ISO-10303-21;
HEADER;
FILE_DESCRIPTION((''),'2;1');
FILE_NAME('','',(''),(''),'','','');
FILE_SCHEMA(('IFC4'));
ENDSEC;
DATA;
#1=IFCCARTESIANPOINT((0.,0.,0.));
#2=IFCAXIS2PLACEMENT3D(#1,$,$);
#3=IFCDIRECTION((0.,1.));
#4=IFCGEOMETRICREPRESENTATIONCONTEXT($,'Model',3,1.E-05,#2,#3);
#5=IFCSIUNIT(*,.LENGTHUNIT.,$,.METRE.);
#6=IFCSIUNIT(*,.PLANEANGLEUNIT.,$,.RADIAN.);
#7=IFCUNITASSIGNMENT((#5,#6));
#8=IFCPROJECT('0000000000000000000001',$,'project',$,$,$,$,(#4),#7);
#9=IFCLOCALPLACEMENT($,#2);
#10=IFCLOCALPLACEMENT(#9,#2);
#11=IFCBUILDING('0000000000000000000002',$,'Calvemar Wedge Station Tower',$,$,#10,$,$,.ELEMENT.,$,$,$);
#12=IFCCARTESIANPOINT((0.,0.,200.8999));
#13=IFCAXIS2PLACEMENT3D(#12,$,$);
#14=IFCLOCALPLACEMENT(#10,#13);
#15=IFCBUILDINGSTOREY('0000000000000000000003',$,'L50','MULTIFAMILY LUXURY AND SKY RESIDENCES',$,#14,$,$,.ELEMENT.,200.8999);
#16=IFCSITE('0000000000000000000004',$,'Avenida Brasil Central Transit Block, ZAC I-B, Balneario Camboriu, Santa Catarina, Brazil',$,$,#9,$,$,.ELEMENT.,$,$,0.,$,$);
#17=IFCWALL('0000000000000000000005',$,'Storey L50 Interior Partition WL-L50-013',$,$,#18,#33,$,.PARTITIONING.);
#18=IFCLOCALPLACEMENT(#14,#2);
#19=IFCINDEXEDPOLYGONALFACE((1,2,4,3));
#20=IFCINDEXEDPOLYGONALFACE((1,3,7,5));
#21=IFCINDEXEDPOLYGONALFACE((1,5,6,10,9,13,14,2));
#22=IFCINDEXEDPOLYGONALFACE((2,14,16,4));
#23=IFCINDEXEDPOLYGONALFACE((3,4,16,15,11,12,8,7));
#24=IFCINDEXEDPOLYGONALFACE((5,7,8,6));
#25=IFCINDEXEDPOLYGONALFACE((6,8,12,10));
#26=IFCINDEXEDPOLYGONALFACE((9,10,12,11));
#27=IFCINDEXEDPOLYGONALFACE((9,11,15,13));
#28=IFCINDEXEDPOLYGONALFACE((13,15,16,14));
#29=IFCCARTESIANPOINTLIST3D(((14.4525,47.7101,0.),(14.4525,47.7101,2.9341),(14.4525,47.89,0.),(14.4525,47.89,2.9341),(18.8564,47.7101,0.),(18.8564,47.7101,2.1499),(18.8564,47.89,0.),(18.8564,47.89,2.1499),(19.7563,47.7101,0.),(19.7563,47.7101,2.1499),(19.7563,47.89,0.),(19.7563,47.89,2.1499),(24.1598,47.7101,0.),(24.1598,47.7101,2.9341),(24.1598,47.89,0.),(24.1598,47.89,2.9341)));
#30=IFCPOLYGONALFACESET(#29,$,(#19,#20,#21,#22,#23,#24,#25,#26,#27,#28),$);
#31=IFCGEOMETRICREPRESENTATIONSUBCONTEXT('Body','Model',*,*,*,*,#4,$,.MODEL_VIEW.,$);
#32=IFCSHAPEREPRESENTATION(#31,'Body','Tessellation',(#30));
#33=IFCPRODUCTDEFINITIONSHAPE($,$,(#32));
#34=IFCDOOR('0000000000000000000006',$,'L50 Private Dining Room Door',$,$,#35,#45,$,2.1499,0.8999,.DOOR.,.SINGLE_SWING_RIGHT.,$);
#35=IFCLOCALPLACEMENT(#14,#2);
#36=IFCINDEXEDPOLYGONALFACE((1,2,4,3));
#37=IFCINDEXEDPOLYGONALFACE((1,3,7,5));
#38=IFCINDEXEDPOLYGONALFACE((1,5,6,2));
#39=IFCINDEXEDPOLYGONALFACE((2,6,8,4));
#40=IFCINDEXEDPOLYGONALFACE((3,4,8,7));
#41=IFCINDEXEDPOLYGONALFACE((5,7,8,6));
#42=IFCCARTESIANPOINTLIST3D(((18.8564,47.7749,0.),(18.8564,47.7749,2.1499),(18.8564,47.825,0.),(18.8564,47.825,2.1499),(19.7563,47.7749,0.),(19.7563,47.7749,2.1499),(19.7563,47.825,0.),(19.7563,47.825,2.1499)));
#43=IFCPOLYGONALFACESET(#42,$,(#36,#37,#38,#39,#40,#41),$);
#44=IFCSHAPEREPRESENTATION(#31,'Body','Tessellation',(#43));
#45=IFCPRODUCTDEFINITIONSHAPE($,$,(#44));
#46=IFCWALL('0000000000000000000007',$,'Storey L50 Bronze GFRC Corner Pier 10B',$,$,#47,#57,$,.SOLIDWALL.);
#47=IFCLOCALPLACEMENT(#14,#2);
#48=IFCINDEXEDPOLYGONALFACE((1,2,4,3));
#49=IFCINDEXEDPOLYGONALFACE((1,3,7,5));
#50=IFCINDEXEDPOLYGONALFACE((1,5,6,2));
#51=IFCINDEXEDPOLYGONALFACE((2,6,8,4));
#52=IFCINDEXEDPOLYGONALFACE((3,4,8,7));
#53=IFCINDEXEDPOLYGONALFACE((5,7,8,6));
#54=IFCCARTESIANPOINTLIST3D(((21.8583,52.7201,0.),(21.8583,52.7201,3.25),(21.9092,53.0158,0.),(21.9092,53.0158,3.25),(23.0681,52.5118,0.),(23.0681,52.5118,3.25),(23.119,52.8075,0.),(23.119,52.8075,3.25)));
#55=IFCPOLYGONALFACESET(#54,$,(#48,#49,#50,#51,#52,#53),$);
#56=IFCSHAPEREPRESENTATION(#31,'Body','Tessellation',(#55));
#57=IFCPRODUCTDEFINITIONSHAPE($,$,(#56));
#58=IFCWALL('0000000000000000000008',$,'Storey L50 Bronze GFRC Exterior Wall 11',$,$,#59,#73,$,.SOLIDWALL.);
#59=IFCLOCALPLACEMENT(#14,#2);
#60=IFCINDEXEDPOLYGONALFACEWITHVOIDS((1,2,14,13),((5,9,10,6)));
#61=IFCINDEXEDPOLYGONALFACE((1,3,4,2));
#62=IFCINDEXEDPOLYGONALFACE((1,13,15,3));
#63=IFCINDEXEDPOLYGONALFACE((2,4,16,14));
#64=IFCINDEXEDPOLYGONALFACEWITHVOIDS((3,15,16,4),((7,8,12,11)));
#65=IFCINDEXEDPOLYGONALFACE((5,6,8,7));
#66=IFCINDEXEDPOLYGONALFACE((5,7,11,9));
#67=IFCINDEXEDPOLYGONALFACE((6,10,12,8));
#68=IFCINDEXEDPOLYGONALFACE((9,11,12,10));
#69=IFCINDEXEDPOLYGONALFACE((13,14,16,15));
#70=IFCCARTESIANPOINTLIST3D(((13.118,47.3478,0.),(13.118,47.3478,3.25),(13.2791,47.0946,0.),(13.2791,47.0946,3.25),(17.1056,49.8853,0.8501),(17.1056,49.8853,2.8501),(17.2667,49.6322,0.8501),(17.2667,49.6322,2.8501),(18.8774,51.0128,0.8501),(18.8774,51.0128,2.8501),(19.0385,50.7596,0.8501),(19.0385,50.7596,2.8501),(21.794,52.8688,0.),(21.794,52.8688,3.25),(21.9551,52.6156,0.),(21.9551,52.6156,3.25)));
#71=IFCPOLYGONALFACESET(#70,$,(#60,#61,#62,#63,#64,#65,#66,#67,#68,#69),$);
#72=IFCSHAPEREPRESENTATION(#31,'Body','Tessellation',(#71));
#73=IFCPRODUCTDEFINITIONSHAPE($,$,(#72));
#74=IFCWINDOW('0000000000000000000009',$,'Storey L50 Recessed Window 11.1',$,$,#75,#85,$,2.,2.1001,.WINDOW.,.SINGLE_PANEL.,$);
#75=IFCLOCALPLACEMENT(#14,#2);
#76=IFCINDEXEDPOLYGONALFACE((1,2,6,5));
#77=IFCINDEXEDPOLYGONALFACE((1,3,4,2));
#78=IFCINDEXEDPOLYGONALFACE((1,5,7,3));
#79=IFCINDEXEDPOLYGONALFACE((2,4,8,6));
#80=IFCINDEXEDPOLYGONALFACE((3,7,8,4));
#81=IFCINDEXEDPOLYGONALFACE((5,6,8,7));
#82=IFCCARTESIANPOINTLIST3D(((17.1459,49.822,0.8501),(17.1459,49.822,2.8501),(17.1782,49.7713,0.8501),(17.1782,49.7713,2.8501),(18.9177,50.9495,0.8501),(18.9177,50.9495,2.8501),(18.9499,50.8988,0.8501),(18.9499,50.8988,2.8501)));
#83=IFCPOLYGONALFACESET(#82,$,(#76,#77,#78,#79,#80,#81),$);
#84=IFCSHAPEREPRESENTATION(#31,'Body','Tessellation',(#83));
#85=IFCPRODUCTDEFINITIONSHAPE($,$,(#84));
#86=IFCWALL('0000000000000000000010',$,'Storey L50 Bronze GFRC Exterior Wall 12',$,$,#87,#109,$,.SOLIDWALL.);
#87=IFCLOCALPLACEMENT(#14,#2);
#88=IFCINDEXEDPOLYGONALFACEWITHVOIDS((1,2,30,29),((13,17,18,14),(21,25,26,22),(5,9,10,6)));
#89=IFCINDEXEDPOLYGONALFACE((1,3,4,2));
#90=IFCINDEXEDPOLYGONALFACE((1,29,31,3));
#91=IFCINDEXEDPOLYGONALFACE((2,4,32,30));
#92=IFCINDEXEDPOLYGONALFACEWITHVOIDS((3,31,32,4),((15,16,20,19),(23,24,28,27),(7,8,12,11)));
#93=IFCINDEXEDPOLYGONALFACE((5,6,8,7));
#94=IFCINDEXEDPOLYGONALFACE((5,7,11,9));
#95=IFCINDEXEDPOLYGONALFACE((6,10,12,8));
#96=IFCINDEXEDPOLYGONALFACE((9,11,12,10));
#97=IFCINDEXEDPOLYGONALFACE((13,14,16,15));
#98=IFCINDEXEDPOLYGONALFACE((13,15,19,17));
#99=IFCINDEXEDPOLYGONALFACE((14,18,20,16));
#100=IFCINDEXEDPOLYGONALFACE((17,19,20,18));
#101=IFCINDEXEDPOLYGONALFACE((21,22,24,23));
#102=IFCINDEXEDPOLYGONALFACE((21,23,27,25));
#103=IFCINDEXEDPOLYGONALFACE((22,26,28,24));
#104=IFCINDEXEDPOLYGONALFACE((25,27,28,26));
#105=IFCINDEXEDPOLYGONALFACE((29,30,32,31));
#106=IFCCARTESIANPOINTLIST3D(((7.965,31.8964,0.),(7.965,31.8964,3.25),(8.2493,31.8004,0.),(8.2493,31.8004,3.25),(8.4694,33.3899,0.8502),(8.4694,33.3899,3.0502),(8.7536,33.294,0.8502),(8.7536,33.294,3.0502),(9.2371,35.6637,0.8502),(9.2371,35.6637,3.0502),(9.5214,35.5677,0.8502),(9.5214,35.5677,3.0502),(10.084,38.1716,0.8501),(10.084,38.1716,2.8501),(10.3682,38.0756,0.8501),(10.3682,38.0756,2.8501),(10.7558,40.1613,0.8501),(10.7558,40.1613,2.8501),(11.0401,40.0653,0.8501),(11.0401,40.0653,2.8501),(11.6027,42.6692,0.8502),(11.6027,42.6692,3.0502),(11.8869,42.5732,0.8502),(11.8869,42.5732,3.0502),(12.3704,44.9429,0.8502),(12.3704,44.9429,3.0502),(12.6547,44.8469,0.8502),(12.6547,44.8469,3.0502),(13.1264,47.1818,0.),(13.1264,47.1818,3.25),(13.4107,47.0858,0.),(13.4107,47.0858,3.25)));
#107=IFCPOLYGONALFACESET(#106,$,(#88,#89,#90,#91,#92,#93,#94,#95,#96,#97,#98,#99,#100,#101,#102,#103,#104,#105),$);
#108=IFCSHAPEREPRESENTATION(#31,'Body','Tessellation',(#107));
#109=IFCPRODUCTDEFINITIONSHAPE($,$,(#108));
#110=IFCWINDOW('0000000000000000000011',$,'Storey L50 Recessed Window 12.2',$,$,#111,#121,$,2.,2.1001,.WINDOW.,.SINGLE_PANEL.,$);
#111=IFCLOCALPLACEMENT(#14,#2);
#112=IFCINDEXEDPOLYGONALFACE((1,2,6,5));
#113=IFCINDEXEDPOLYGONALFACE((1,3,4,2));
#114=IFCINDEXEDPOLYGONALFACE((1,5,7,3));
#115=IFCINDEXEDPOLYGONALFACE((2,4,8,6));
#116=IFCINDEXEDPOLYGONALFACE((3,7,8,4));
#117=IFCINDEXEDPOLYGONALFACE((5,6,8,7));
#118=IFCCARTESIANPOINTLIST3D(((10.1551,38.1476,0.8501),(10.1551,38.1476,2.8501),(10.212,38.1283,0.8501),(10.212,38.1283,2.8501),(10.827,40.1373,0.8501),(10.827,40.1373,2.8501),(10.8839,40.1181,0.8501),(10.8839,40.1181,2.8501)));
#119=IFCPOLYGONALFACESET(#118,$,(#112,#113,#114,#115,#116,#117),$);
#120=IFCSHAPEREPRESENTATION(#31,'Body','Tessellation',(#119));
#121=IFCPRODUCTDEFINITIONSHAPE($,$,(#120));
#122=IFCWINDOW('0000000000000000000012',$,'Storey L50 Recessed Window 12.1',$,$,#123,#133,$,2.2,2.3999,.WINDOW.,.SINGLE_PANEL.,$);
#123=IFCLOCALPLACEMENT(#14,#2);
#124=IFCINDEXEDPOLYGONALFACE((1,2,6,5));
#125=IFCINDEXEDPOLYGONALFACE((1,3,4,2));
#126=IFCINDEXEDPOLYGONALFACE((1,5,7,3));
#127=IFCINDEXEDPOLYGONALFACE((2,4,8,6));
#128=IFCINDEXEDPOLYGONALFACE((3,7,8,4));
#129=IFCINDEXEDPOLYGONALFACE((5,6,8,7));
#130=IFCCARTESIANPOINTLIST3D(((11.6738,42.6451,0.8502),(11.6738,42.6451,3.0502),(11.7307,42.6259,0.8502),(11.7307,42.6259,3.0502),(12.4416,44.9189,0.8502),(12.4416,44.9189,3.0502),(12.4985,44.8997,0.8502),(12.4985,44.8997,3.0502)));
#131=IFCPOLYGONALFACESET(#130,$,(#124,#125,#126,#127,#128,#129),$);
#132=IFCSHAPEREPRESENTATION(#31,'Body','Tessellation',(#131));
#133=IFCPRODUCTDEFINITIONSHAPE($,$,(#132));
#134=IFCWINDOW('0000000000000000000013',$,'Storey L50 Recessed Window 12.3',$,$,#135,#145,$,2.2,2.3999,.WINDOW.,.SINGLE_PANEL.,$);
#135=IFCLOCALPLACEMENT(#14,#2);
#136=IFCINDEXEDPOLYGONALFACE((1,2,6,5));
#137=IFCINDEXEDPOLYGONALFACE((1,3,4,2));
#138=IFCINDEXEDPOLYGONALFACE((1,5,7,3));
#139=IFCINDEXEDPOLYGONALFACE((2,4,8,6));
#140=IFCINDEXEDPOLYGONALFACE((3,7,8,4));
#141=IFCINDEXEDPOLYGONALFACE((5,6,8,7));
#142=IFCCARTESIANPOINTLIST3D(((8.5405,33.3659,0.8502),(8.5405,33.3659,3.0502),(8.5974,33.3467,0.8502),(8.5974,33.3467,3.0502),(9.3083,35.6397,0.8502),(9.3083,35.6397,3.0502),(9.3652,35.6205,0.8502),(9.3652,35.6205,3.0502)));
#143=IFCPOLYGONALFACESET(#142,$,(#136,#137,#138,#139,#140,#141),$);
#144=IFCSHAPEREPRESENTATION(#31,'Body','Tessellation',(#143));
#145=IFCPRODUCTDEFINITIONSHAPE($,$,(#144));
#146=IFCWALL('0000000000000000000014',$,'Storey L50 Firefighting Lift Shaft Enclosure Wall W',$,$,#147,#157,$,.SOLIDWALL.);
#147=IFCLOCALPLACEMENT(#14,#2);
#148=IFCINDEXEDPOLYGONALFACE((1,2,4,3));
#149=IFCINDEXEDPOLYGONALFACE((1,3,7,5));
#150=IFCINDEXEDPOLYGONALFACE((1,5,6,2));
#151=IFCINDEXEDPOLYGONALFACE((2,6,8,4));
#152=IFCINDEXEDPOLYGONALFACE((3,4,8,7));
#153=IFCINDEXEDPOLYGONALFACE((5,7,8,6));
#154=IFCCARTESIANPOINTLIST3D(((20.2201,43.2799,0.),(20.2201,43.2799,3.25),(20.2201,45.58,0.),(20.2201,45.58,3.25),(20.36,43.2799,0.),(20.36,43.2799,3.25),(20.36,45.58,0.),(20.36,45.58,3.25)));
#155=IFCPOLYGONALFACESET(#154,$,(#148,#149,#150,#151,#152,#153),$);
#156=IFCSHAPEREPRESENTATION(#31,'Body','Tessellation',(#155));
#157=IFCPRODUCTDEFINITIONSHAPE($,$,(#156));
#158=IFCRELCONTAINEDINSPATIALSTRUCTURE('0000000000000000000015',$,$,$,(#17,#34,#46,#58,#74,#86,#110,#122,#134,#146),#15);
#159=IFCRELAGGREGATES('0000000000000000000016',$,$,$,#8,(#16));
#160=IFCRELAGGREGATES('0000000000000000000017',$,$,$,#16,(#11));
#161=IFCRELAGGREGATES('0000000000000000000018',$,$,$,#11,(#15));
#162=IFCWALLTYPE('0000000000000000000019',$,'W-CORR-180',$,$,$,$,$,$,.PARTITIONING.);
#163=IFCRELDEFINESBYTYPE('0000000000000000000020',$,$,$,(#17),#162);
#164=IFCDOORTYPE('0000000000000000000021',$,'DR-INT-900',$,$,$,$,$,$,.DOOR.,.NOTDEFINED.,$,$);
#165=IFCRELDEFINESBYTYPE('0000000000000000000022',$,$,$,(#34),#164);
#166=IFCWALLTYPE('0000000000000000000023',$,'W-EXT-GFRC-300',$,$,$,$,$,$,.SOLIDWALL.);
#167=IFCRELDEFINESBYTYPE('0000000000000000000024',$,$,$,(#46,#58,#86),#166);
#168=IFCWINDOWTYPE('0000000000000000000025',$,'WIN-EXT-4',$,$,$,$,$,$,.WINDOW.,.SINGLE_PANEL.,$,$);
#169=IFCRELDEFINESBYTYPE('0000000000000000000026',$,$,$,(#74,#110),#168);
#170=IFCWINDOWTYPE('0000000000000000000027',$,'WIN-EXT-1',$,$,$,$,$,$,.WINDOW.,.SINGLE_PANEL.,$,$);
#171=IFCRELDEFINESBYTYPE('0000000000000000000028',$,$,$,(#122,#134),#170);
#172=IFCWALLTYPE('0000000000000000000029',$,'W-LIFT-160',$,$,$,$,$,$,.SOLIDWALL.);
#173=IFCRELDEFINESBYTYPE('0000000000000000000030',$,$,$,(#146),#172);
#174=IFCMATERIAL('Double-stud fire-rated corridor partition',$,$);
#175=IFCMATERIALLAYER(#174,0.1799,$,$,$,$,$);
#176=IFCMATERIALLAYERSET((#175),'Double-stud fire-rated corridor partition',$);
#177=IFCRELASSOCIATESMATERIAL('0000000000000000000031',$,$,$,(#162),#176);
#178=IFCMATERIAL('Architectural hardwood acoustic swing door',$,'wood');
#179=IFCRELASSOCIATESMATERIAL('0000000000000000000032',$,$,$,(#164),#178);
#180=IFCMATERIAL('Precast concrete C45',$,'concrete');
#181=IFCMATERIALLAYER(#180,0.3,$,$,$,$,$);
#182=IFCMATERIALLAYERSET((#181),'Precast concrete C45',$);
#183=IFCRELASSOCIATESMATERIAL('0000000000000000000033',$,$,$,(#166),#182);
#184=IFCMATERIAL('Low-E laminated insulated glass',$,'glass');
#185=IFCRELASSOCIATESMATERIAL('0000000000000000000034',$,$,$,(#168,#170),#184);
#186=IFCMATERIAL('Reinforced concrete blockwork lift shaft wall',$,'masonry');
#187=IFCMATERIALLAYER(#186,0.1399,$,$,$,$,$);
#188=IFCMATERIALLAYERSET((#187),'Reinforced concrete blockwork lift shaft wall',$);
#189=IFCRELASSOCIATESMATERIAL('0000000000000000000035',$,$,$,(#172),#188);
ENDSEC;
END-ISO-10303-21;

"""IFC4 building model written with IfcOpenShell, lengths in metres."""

from ifc_helpers import new_model, si_unit, direction, frame, frame_2d, origin, place, context, subcontext, project, spatial, rectangle, extrude, source, transform, mapped, material, layer, layer_set, type_object, element, fill, save


model = new_model("IFC4")

# Units and contexts
model_context = context("Model", 3, precision=1e-05, world=origin(), true_north=direction((0.0, 1.0)))
body_context = subcontext(model_context, "Body", "Model", "MODEL_VIEW")
ifc_project = project(units=[si_unit("LENGTHUNIT", "METRE"), si_unit("PLANEANGLEUNIT", "RADIAN")], contexts=[model_context])

# Site, building, storey
site_placement = place(None, origin())
site = spatial("IfcSite", under=ifc_project, at=site_placement, Name="Avenida Brasil Central Transit Block, ZAC I-B, Balneario Camboriu, Santa Catarina, Brazil", CompositionType="ELEMENT", RefElevation=0.0)
building_placement = place(site_placement, origin())
building = spatial("IfcBuilding", under=site, at=building_placement, Name="Calvemar Wedge Station Tower", CompositionType="ELEMENT")
storey_placement = place(building_placement, frame((0.0, 0.0, 200.8999)))
storey = spatial("IfcBuildingStorey", under=building, at=storey_placement, Name="L50", Description="MULTIFAMILY LUXURY AND SKY RESIDENCES", CompositionType="ELEMENT", Elevation=200.8999)

# Shared definitions
ifc_material_1 = material(Name="Double-stud fire-rated corridor partition")
ifc_layer_1 = layer(ifc_material_1, 0.1799)
ifc_layer_set_1 = layer_set([ifc_layer_1], Name="Double-stud fire-rated corridor partition")
wall_type_1 = type_object("IfcWallType", Name="W-CORR-180", PredefinedType="PARTITIONING", material=ifc_layer_set_1)

# Wall, opening, door
wall_1_placement = place(storey_placement, frame((14.4526, 47.8, 0.0), z_axis=(0.0, 0.0, 1.0), x_axis=(1.0, 0.0, 0.0)))
wall_1 = element("IfcWall", 1, at=wall_1_placement, inside=storey, type_object=wall_type_1, Name="Storey L50 Interior Partition WL-L50-013", PredefinedType="PARTITIONING", context=body_context, shape_type="SweptSolid", body=[
    extrude(rectangle(XDim=9.7073, YDim=0.1799, at=frame_2d((4.8535, 0.0))), origin(), (0.0, 0.0, 1.0), 2.9341),
])
shared_shape_1 = source(origin(), body_context, "Body", "SweptSolid", [
    extrude(rectangle(XDim=0.8999, YDim=2.1499, at=frame_2d((0.45, 1.075))), frame((0.0, 0.1001, 0.0), z_axis=(0.0, -1.0, 0.0), x_axis=(1.0, 0.0, 0.0)), (0.0, 0.0, 1.0), 0.2),
])
opening_1_placement = place(wall_1_placement, frame((4.4038, 0.0, 0.0)))
opening_1 = element("IfcOpeningElement", 2, at=opening_1_placement, cuts=wall_1, PredefinedType="OPENING", context=body_context, shape_type="MappedRepresentation", body=[
    mapped(shared_shape_1, transform((0.0, 0.0, 0.0), scale=1.0)),
])
ifc_material_2 = material(Name="Architectural hardwood acoustic swing door", Category="wood")
door_type_1 = type_object("IfcDoorType", Name="DR-INT-900", OperationType="NOTDEFINED", PredefinedType="DOOR", material=ifc_material_2)
shared_shape_2 = source(origin(), body_context, "Body", "SweptSolid", [
    extrude(rectangle(XDim=0.8999, YDim=2.1499, at=frame_2d((0.45, 1.075))), frame((0.0, 0.0249, 0.0), z_axis=(0.0, -1.0, 0.0), x_axis=(1.0, 0.0, 0.0)), (0.0, 0.0, 1.0), 0.05),
])
door_1_placement = place(opening_1_placement, origin())
door_1 = element("IfcDoor", 3, at=door_1_placement, inside=storey, type_object=door_type_1, Name="L50 Private Dining Room Door", OperationType="SINGLE_SWING_RIGHT", OverallHeight=2.1499, OverallWidth=0.8999, PredefinedType="DOOR", context=body_context, shape_type="MappedRepresentation", body=[
    mapped(shared_shape_2, transform((0.0, 0.0, 0.0), scale=1.0)),
])
fill(opening_1, door_1)

# Wall
ifc_material_3 = material(Name="Precast concrete C45", Category="concrete")
ifc_layer_2 = layer(ifc_material_3, 0.3)
ifc_layer_set_2 = layer_set([ifc_layer_2], Name="Precast concrete C45")
wall_type_2 = type_object("IfcWallType", Name="W-EXT-GFRC-300", PredefinedType="SOLIDWALL", material=ifc_layer_set_2)
wall_2_placement = place(storey_placement, frame((23.0935, 52.6597, 0.0), z_axis=(0.0, 0.0, 1.0), x_axis=(-0.985504, 0.169654, 0.0)))
element("IfcWall", 4, at=wall_2_placement, inside=storey, type_object=wall_type_2, Name="Storey L50 Bronze GFRC Corner Pier 10B", PredefinedType="SOLIDWALL", context=body_context, shape_type="SweptSolid", body=[
    extrude(rectangle(XDim=1.2275, YDim=0.3, at=frame_2d((0.6138, 0.0))), origin(), (0.0, 0.0, 1.0), 3.25),
])

# Wall, opening, window
wall_3_placement = place(storey_placement, frame((21.8745, 52.7422, 0.0), z_axis=(0.0, 0.0, 1.0), x_axis=(-0.843666, -0.536868, 0.0)))
wall_3 = element("IfcWall", 5, at=wall_3_placement, inside=storey, type_object=wall_type_2, Name="Storey L50 Bronze GFRC Exterior Wall 11", PredefinedType="SOLIDWALL", context=body_context, shape_type="SweptSolid", body=[
    extrude(rectangle(XDim=10.2837, YDim=0.3, at=frame_2d((5.1418, 0.0))), origin(), (0.0, 0.0, 1.0), 3.25),
])
shared_shape_3 = source(origin(), body_context, "Body", "SweptSolid", [
    extrude(rectangle(XDim=2.1001, YDim=2.0, at=frame_2d((1.05, 1.0))), frame((0.0, 0.1602, 0.0), z_axis=(0.0, -1.0, 0.0), x_axis=(1.0, 0.0, 0.0)), (0.0, 0.0, 1.0), 0.3201),
])
opening_2_placement = place(wall_3_placement, frame((3.457, 0.0, 0.8501)))
opening_2 = element("IfcOpeningElement", 6, at=opening_2_placement, cuts=wall_3, PredefinedType="OPENING", context=body_context, shape_type="MappedRepresentation", body=[
    mapped(shared_shape_3, transform((0.0, 0.0, 0.0), scale=1.0)),
])
ifc_material_4 = material(Name="Low-E laminated insulated glass", Category="glass")
window_type_1 = type_object("IfcWindowType", Name="WIN-EXT-4", PartitioningType="SINGLE_PANEL", PredefinedType="WINDOW", material=ifc_material_4)
shared_shape_4 = source(origin(), body_context, "Body", "SweptSolid", [
    extrude(rectangle(XDim=2.1001, YDim=2.0, at=frame_2d((1.05, 1.0))), frame((0.0, -0.0149, 0.0), z_axis=(0.0, -1.0, 0.0), x_axis=(1.0, 0.0, 0.0)), (0.0, 0.0, 1.0), 0.0601),
])
window_1_placement = place(opening_2_placement, origin())
window_1 = element("IfcWindow", 7, at=window_1_placement, inside=storey, type_object=window_type_1, Name="Storey L50 Recessed Window 11.1", OverallHeight=2.0, OverallWidth=2.1001, PartitioningType="SINGLE_PANEL", PredefinedType="WINDOW", context=body_context, shape_type="MappedRepresentation", body=[
    mapped(shared_shape_4, transform((0.0, 0.0, 0.0), scale=1.0)),
])
fill(opening_2, window_1)

# Wall, openings, windows
wall_4_placement = place(storey_placement, frame((13.2686, 47.1338, 0.0), z_axis=(0.0, 0.0, 1.0), x_axis=(-0.319921, -0.947444, 0.0)))
wall_4 = element("IfcWall", 8, at=wall_4_placement, inside=storey, type_object=wall_type_2, Name="Storey L50 Bronze GFRC Exterior Wall 12", PredefinedType="SOLIDWALL", context=body_context, shape_type="SweptSolid", body=[
    extrude(rectangle(XDim=16.1333, YDim=0.3, at=frame_2d((8.0667, 0.0))), origin(), (0.0, 0.0, 1.0), 3.25),
])
shared_shape_5 = source(origin(), body_context, "Body", "SweptSolid", [
    extrude(rectangle(XDim=2.3999, YDim=2.2, at=frame_2d((1.2, 1.1001))), frame((0.0, 0.1602, 0.0), z_axis=(0.0, -1.0, 0.0), x_axis=(1.0, 0.0, 0.0)), (0.0, 0.0, 1.0), 0.3201),
])
opening_3_placement = place(wall_4_placement, frame((2.363, 0.0, 0.8501)))
opening_3 = element("IfcOpeningElement", 9, at=opening_3_placement, cuts=wall_4, PredefinedType="OPENING", context=body_context, shape_type="MappedRepresentation", body=[
    mapped(shared_shape_5, transform((0.0, 0.0, 0.0), scale=1.0)),
])
opening_4_placement = place(wall_4_placement, frame((7.4099, 0.0, 0.8501)))
opening_4 = element("IfcOpeningElement", 10, at=opening_4_placement, cuts=wall_4, PredefinedType="OPENING", context=body_context, shape_type="MappedRepresentation", body=[
    mapped(shared_shape_3, transform((0.0, 0.0, 0.0), scale=1.0)),
])
opening_5_placement = place(wall_4_placement, frame((12.157, 0.0, 0.8501)))
opening_5 = element("IfcOpeningElement", 11, at=opening_5_placement, cuts=wall_4, PredefinedType="OPENING", context=body_context, shape_type="MappedRepresentation", body=[
    mapped(shared_shape_5, transform((0.0, 0.0, 0.0), scale=1.0)),
])
window_2_placement = place(opening_4_placement, origin())
window_2 = element("IfcWindow", 12, at=window_2_placement, inside=storey, type_object=window_type_1, Name="Storey L50 Recessed Window 12.2", OverallHeight=2.0, OverallWidth=2.1001, PartitioningType="SINGLE_PANEL", PredefinedType="WINDOW", context=body_context, shape_type="MappedRepresentation", body=[
    mapped(shared_shape_4, transform((0.0, 0.0, 0.0), scale=1.0)),
])
fill(opening_4, window_2)
window_type_2 = type_object("IfcWindowType", Name="WIN-EXT-1", PartitioningType="SINGLE_PANEL", PredefinedType="WINDOW", material=ifc_material_4)
shared_shape_6 = source(origin(), body_context, "Body", "SweptSolid", [
    extrude(rectangle(XDim=2.3999, YDim=2.2, at=frame_2d((1.2, 1.1001))), frame((0.0, -0.0149, 0.0), z_axis=(0.0, -1.0, 0.0), x_axis=(1.0, 0.0, 0.0)), (0.0, 0.0, 1.0), 0.0601),
])
window_3_placement = place(opening_3_placement, origin())
window_3 = element("IfcWindow", 13, at=window_3_placement, inside=storey, type_object=window_type_2, Name="Storey L50 Recessed Window 12.1", OverallHeight=2.2, OverallWidth=2.3999, PartitioningType="SINGLE_PANEL", PredefinedType="WINDOW", context=body_context, shape_type="MappedRepresentation", body=[
    mapped(shared_shape_6, transform((0.0, 0.0, 0.0), scale=1.0)),
])
fill(opening_3, window_3)
window_4_placement = place(opening_5_placement, origin())
window_4 = element("IfcWindow", 14, at=window_4_placement, inside=storey, type_object=window_type_2, Name="Storey L50 Recessed Window 12.3", OverallHeight=2.2, OverallWidth=2.3999, PartitioningType="SINGLE_PANEL", PredefinedType="WINDOW", context=body_context, shape_type="MappedRepresentation", body=[
    mapped(shared_shape_6, transform((0.0, 0.0, 0.0), scale=1.0)),
])
fill(opening_5, window_4)

# Wall
ifc_material_5 = material(Name="Reinforced concrete blockwork lift shaft wall", Category="masonry")
ifc_layer_3 = layer(ifc_material_5, 0.1399)
ifc_layer_set_3 = layer_set([ifc_layer_3], Name="Reinforced concrete blockwork lift shaft wall")
wall_type_3 = type_object("IfcWallType", Name="W-LIFT-160", PredefinedType="SOLIDWALL", material=ifc_layer_set_3)
wall_5_placement = place(storey_placement, frame((20.29, 43.28, 0.0), z_axis=(0.0, 0.0, 1.0), x_axis=(0.0, 1.0, 0.0)))
element("IfcWall", 15, at=wall_5_placement, inside=storey, type_object=wall_type_3, Name="Storey L50 Firefighting Lift Shaft Enclosure Wall W", PredefinedType="SOLIDWALL", context=body_context, shape_type="SweptSolid", body=[
    extrude(rectangle(XDim=2.3, YDim=0.1399, at=frame_2d((1.1499, 0.0))), origin(), (0.0, 0.0, 1.0), 3.25),
])

save(model, "model.ifc")
